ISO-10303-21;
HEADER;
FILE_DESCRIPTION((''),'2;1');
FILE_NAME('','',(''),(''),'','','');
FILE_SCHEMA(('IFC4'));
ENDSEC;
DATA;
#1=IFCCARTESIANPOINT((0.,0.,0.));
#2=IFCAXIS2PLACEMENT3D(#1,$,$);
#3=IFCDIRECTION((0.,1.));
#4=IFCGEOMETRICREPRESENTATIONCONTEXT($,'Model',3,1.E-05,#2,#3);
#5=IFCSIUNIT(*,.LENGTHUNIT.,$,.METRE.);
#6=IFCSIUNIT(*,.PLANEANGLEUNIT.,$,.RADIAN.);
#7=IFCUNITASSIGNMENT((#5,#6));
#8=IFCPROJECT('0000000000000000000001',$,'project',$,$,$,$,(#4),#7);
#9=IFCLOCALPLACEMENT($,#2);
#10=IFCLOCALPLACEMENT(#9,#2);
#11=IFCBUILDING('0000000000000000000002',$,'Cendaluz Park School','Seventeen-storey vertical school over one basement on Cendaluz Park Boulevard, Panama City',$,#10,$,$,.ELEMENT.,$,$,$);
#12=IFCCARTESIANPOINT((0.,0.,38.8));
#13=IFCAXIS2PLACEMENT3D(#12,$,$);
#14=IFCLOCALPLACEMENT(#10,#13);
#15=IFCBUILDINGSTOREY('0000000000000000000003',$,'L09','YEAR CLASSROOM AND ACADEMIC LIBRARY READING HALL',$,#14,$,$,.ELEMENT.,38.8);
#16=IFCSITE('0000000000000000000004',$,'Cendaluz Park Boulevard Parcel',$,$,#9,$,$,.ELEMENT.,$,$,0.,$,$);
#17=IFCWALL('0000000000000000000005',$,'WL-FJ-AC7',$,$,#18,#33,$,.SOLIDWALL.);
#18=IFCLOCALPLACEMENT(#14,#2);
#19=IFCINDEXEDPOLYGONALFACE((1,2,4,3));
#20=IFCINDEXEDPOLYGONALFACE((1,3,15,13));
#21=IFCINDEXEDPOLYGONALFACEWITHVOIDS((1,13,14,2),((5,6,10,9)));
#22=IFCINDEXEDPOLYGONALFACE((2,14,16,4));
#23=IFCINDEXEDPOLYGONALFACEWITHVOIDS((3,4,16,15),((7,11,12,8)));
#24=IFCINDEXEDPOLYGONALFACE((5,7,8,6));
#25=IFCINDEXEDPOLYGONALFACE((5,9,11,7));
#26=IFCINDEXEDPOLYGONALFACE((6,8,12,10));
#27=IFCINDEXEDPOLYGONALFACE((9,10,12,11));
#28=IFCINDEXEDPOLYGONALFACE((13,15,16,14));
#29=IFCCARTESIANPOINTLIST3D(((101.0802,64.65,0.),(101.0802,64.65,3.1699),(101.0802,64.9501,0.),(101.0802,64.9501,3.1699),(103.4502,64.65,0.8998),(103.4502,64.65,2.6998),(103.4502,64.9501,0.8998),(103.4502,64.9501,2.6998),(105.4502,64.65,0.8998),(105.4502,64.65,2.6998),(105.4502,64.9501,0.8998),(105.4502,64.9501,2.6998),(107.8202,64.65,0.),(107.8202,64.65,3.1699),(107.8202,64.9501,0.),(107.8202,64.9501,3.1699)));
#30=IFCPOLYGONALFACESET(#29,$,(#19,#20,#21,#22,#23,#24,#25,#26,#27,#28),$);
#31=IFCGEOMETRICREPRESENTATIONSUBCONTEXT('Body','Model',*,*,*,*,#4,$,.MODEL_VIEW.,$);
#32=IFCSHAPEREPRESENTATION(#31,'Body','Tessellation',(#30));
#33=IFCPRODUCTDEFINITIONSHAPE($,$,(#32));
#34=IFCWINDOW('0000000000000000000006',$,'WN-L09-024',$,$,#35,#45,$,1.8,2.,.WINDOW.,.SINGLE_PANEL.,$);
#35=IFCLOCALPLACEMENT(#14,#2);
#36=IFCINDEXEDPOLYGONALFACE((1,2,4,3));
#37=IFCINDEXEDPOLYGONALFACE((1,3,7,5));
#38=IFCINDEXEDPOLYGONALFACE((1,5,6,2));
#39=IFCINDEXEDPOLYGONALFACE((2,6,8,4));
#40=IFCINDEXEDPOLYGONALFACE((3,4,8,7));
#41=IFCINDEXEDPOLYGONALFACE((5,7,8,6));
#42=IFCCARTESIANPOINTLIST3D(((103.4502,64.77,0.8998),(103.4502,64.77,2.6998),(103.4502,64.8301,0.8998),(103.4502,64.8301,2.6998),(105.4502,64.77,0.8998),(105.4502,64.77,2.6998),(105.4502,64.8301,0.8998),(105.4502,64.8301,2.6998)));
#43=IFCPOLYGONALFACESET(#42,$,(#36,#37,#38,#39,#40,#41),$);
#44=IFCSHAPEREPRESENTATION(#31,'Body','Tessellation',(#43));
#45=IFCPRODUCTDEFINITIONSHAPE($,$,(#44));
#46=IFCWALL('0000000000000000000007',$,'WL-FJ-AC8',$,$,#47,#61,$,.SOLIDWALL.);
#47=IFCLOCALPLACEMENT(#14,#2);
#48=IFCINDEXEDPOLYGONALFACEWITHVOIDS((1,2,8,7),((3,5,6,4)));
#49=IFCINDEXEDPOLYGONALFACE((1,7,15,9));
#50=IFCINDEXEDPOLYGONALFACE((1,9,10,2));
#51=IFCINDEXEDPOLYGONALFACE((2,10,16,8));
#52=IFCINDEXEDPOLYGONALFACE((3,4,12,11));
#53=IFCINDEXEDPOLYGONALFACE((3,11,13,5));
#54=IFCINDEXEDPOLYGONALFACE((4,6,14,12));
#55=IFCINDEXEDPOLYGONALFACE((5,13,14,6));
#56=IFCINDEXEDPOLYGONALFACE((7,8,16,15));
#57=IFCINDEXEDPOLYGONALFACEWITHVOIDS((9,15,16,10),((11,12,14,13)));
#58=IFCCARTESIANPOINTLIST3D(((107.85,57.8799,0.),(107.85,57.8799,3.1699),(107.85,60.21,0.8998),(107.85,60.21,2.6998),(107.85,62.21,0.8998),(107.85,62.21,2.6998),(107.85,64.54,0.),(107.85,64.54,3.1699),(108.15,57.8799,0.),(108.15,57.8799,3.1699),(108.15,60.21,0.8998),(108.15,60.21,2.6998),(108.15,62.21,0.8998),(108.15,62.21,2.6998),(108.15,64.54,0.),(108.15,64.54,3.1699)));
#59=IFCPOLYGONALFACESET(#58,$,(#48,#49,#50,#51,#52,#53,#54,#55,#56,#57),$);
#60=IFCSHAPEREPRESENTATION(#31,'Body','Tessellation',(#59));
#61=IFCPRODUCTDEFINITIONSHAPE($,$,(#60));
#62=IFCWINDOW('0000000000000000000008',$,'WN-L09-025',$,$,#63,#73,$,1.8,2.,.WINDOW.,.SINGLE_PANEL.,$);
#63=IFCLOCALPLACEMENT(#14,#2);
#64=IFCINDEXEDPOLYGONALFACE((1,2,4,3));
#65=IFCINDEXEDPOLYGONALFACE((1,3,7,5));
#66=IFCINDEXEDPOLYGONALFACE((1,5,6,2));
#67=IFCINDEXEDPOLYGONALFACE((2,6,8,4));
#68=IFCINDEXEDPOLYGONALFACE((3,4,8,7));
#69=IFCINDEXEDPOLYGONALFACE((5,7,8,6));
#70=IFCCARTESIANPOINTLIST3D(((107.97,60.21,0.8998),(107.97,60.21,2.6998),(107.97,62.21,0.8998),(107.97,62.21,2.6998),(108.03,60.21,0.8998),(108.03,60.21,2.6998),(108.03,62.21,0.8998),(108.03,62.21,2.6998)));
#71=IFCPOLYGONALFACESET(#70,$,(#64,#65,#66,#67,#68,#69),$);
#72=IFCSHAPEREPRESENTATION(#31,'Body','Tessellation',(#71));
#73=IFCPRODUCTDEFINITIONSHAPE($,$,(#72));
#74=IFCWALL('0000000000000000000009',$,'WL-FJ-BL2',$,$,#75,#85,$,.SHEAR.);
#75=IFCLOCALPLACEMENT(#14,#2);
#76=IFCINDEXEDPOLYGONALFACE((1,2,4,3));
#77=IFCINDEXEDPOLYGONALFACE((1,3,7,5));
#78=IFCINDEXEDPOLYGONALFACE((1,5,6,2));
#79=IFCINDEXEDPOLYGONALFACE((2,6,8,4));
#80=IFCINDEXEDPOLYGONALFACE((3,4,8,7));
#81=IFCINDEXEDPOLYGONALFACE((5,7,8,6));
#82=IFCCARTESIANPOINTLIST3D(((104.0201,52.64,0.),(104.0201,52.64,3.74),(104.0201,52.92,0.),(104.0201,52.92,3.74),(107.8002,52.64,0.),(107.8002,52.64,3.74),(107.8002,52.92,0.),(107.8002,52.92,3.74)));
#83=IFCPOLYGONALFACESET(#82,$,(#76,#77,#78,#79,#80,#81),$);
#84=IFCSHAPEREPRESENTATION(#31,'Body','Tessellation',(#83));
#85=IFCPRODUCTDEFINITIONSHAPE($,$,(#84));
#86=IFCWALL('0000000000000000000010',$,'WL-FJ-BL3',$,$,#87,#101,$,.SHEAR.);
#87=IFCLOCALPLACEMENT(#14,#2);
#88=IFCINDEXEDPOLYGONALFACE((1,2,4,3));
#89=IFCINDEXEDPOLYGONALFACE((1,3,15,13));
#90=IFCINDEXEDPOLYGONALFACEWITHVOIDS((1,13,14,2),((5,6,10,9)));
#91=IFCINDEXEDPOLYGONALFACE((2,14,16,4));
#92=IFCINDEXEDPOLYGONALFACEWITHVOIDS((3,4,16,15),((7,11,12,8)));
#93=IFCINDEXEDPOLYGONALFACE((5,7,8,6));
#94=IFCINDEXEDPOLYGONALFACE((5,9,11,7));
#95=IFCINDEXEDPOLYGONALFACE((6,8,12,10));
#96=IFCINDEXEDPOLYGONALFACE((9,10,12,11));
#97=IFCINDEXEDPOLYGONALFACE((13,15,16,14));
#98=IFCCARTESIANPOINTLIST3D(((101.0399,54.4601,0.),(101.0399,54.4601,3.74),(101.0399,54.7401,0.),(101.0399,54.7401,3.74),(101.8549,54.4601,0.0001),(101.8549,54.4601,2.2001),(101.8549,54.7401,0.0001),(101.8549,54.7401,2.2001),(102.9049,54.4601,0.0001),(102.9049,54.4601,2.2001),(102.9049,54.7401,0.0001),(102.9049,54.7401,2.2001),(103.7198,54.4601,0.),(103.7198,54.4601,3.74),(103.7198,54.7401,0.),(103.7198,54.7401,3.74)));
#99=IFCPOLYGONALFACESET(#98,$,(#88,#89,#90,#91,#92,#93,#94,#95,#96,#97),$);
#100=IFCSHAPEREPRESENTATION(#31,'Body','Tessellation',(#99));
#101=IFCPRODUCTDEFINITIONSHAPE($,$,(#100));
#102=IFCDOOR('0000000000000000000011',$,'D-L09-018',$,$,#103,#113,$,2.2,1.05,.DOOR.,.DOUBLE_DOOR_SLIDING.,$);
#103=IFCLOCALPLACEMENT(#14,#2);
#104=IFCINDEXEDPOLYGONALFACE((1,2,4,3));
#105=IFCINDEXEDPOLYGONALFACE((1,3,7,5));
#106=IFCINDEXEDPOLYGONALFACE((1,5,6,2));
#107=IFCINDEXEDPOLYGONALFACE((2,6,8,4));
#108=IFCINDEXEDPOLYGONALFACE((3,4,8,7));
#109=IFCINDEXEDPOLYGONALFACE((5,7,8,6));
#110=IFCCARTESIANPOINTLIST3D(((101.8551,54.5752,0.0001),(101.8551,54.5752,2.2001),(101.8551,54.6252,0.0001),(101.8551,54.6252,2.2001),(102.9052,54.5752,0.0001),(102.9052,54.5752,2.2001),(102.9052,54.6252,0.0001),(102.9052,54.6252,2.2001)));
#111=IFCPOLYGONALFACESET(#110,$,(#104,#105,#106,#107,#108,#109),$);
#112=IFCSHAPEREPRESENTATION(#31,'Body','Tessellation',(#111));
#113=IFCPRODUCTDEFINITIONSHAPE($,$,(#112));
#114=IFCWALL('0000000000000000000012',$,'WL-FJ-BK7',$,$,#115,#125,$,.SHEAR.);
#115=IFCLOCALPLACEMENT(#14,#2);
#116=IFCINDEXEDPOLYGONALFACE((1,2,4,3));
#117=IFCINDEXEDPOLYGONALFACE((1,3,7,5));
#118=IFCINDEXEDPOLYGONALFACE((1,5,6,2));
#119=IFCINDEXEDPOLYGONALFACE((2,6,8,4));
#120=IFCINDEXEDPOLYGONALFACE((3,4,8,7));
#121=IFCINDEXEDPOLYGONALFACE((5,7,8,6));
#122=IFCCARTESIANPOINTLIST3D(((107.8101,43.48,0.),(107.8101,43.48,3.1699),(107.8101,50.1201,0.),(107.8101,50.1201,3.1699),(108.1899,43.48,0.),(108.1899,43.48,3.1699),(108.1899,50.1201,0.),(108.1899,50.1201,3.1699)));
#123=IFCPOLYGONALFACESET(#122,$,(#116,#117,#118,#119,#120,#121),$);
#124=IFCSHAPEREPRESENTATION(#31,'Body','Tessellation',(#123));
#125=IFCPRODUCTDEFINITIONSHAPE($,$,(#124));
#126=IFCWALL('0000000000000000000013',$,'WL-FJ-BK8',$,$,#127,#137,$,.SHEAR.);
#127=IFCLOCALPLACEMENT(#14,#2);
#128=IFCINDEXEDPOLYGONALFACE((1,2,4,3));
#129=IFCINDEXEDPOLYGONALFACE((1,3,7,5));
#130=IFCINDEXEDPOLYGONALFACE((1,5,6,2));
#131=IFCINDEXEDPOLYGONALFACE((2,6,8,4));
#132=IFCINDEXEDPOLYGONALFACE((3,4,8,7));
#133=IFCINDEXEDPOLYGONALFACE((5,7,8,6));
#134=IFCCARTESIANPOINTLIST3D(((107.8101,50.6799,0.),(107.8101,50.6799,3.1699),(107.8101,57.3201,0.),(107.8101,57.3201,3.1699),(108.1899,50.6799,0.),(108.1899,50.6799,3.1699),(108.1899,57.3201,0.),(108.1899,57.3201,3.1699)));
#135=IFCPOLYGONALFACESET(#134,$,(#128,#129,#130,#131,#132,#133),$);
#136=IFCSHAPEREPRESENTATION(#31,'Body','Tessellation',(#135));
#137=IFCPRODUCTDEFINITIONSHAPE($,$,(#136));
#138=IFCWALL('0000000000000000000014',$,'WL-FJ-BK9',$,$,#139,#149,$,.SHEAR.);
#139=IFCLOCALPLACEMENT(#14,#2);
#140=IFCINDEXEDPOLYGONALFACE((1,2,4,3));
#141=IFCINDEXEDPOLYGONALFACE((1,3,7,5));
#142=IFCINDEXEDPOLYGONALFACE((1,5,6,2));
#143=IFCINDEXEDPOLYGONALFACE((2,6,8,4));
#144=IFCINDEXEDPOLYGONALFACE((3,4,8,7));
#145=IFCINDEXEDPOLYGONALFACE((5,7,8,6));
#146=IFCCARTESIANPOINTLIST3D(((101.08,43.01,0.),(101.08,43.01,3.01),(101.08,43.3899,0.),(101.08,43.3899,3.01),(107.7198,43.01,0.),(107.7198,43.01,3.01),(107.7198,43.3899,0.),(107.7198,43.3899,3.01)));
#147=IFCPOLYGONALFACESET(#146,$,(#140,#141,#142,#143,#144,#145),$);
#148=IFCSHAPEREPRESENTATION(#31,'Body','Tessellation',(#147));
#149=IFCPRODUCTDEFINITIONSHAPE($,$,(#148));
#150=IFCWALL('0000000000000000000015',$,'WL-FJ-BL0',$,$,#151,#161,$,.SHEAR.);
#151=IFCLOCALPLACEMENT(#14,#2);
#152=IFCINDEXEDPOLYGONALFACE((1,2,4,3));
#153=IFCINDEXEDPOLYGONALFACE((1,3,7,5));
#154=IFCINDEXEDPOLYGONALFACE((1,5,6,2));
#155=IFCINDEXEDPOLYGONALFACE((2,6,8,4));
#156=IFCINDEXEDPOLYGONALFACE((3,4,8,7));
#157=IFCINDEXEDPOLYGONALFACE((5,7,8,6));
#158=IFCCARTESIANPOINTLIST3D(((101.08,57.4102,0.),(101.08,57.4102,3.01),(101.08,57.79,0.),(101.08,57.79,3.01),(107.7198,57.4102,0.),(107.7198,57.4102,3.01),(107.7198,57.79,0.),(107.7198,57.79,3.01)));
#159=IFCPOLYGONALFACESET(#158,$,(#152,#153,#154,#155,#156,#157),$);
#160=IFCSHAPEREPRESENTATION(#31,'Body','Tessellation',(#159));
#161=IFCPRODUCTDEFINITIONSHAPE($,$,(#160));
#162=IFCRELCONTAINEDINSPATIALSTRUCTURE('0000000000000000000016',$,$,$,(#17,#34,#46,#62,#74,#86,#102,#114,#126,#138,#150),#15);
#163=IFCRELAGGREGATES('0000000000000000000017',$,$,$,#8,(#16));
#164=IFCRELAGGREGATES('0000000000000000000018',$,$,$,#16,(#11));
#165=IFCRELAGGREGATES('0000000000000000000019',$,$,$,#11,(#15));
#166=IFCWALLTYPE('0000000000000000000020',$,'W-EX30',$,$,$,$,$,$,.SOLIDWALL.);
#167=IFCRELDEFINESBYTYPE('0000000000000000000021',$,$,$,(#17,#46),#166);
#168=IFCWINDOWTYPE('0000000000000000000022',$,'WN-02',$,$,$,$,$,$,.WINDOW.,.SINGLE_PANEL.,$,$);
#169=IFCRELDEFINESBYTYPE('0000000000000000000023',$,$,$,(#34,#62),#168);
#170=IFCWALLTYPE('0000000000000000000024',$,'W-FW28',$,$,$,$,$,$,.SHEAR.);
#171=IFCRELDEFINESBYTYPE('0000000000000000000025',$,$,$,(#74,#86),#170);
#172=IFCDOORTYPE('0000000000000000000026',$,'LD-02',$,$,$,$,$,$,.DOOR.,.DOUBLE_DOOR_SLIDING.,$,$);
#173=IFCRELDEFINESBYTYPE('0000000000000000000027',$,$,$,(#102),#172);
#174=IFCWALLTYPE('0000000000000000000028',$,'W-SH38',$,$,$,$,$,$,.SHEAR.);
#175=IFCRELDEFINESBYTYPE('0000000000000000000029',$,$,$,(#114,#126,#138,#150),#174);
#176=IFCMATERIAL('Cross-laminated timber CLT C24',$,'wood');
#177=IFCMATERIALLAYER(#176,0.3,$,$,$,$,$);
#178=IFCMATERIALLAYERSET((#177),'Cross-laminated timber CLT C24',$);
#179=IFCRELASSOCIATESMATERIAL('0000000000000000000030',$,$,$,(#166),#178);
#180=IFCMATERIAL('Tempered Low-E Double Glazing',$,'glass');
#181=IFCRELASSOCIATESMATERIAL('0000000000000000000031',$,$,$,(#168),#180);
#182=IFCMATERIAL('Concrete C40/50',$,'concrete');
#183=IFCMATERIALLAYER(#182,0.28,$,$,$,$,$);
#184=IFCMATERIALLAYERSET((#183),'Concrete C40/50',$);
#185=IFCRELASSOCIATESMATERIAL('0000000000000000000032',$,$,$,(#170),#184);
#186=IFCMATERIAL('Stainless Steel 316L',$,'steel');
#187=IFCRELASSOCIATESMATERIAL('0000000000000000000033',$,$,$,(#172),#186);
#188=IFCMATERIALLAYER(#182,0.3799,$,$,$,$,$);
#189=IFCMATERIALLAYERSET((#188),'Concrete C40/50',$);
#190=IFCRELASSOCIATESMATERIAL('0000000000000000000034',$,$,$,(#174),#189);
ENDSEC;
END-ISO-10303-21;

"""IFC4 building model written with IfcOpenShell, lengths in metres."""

from ifc_helpers import new_model, si_unit, direction, frame, frame_2d, origin, place, context, subcontext, project, spatial, rectangle, extrude, material, layer, layer_set, type_object, element, fill, save


model = new_model("IFC4")

# Units and contexts
model_context = context("Model", 3, precision=1e-05, world=origin(), true_north=direction((0.0, 1.0)))
body_context = subcontext(model_context, "Body", "Model", "MODEL_VIEW")
ifc_project = project(units=[si_unit("LENGTHUNIT", "METRE"), si_unit("PLANEANGLEUNIT", "RADIAN")], contexts=[model_context])

# Site, building, storey
site_placement = place(None, origin())
site = spatial("IfcSite", under=ifc_project, at=site_placement, Name="Cendaluz Park Boulevard Parcel", CompositionType="ELEMENT", RefElevation=0.0)
building_placement = place(site_placement, origin())
building = spatial("IfcBuilding", under=site, at=building_placement, Name="Cendaluz Park School", Description="Seventeen-storey vertical school over one basement on Cendaluz Park Boulevard, Panama City", CompositionType="ELEMENT")
storey_placement = place(building_placement, frame((0.0, 0.0, 38.8)))
storey = spatial("IfcBuildingStorey", under=building, at=storey_placement, Name="L09", Description="YEAR CLASSROOM AND ACADEMIC LIBRARY READING HALL", CompositionType="ELEMENT", Elevation=38.8)

# Walls, openings, windows
ifc_material_1 = material(Name="Cross-laminated timber CLT C24", Category="wood")
ifc_layer_1 = layer(ifc_material_1, 0.3)
ifc_layer_set_1 = layer_set([ifc_layer_1], Name="Cross-laminated timber CLT C24")
wall_type_1 = type_object("IfcWallType", Name="W-EX30", PredefinedType="SOLIDWALL", material=ifc_layer_set_1)
wall_1_placement = place(storey_placement, frame((101.0801, 64.8, 0.0), z_axis=(0.0, 0.0, 1.0), x_axis=(1.0, 0.0, 0.0)))
wall_1 = element("IfcWall", 1, at=wall_1_placement, inside=storey, type_object=wall_type_1, Name="WL-FJ-AC7", PredefinedType="SOLIDWALL", context=body_context, shape_type="SweptSolid", body=[
    extrude(rectangle(XDim=6.74, YDim=0.3, at=frame_2d((3.3701, 0.0))), origin(), (0.0, 0.0, 1.0), 3.1699),
])
opening_1_placement = place(wall_1_placement, frame((2.3701, 0.0, 0.8999)))
opening_1 = element("IfcOpeningElement", 2, at=opening_1_placement, cuts=wall_1, PredefinedType="OPENING", context=body_context, shape_type="SweptSolid", body=[
    extrude(rectangle(XDim=2.0, YDim=1.8, at=frame_2d((1.0, 0.8999))), frame((0.0, 0.1621, 0.0), z_axis=(0.0, -1.0, 0.0), x_axis=(1.0, 0.0, 0.0)), (0.0, 0.0, 1.0), 0.324),
])
ifc_material_2 = material(Name="Tempered Low-E Double Glazing", Category="glass")
window_type = type_object("IfcWindowType", Name="WN-02", PartitioningType="SINGLE_PANEL", PredefinedType="WINDOW", material=ifc_material_2)
window_1_placement = place(opening_1_placement, origin())
window_1 = element("IfcWindow", 3, at=window_1_placement, inside=storey, type_object=window_type, Name="WN-L09-024", OverallHeight=1.8, OverallWidth=2.0, PartitioningType="SINGLE_PANEL", PredefinedType="WINDOW", context=body_context, shape_type="SweptSolid", body=[
    extrude(rectangle(XDim=2.0, YDim=1.8, at=frame_2d((1.0, 0.8999))), frame((0.0, 0.03, 0.0), z_axis=(0.0, -1.0, 0.0), x_axis=(1.0, 0.0, 0.0)), (0.0, 0.0, 1.0), 0.0601),
])
fill(opening_1, window_1)
wall_2_placement = place(storey_placement, frame((108.0, 57.8799, 0.0), z_axis=(0.0, 0.0, 1.0), x_axis=(0.0, 1.0, 0.0)))
wall_2 = element("IfcWall", 4, at=wall_2_placement, inside=storey, type_object=wall_type_1, Name="WL-FJ-AC8", PredefinedType="SOLIDWALL", context=body_context, shape_type="SweptSolid", body=[
    extrude(rectangle(XDim=6.6602, YDim=0.3, at=frame_2d((3.3301, 0.0))), origin(), (0.0, 0.0, 1.0), 3.1699),
])
opening_2_placement = place(wall_2_placement, frame((2.3301, 0.0, 0.8999)))
opening_2 = element("IfcOpeningElement", 5, at=opening_2_placement, cuts=wall_2, PredefinedType="OPENING", context=body_context, shape_type="SweptSolid", body=[
    extrude(rectangle(XDim=2.0, YDim=1.8, at=frame_2d((1.0, 0.8999))), frame((0.0, 0.1621, 0.0), z_axis=(0.0, -1.0, 0.0), x_axis=(1.0, 0.0, 0.0)), (0.0, 0.0, 1.0), 0.324),
])
window_2_placement = place(opening_2_placement, origin())
window_2 = element("IfcWindow", 6, at=window_2_placement, inside=storey, type_object=window_type, Name="WN-L09-025", OverallHeight=1.8, OverallWidth=2.0, PartitioningType="SINGLE_PANEL", PredefinedType="WINDOW", context=body_context, shape_type="SweptSolid", body=[
    extrude(rectangle(XDim=2.0, YDim=1.8, at=frame_2d((1.0, 0.8999))), frame((0.0, 0.03, 0.0), z_axis=(0.0, -1.0, 0.0), x_axis=(1.0, 0.0, 0.0)), (0.0, 0.0, 1.0), 0.0601),
])
fill(opening_2, window_2)

# Shared definitions
ifc_material_3 = material(Name="Concrete C40/50", Category="concrete")
ifc_layer_2 = layer(ifc_material_3, 0.28)
ifc_layer_set_2 = layer_set([ifc_layer_2], Name="Concrete C40/50")
wall_type_2 = type_object("IfcWallType", Name="W-FW28", PredefinedType="SHEAR", material=ifc_layer_set_2)

# Wall
wall_3_placement = place(storey_placement, frame((104.02, 52.78, 0.0), z_axis=(0.0, 0.0, 1.0), x_axis=(1.0, 0.0, 0.0)))
element("IfcWall", 7, at=wall_3_placement, inside=storey, type_object=wall_type_2, Name="WL-FJ-BL2", PredefinedType="SHEAR", context=body_context, shape_type="SweptSolid", body=[
    extrude(rectangle(XDim=3.78, YDim=0.28, at=frame_2d((1.8901, 0.0))), origin(), (0.0, 0.0, 1.0), 3.74),
])

# Wall, opening, door
wall_4_placement = place(storey_placement, frame((101.04, 54.6001, 0.0), z_axis=(0.0, 0.0, 1.0), x_axis=(1.0, 0.0, 0.0)))
wall_4 = element("IfcWall", 8, at=wall_4_placement, inside=storey, type_object=wall_type_2, Name="WL-FJ-BL3", PredefinedType="SHEAR", context=body_context, shape_type="SweptSolid", body=[
    extrude(rectangle(XDim=2.6799, YDim=0.28, at=frame_2d((1.3398, 0.0))), origin(), (0.0, 0.0, 1.0), 3.74),
])
opening_3_placement = place(wall_4_placement, frame((0.8149, 0.0, 0.0)))
opening_3 = element("IfcOpeningElement", 9, at=opening_3_placement, cuts=wall_4, PredefinedType="OPENING", context=body_context, shape_type="SweptSolid", body=[
    extrude(rectangle(XDim=1.05, YDim=2.2, at=frame_2d((0.5249, 1.1001))), frame((0.0, 0.1521, 0.0), z_axis=(0.0, -1.0, 0.0), x_axis=(1.0, 0.0, 0.0)), (0.0, 0.0, 1.0), 0.304),
])
ifc_material_4 = material(Name="Stainless Steel 316L", Category="steel")
door_type_1 = type_object("IfcDoorType", Name="LD-02", OperationType="DOUBLE_DOOR_SLIDING", PredefinedType="DOOR", material=ifc_material_4)
door_1_placement = place(opening_3_placement, frame((1.05, 0.0, 0.0), z_axis=(0.0, 0.0, 1.0), x_axis=(-1.0, 0.0, 0.0)))
door_1 = element("IfcDoor", 10, at=door_1_placement, inside=storey, type_object=door_type_1, Name="D-L09-018", OperationType="DOUBLE_DOOR_SLIDING", OverallHeight=2.2, OverallWidth=1.05, PredefinedType="DOOR", context=body_context, shape_type="SweptSolid", body=[
    extrude(rectangle(XDim=1.05, YDim=2.2, at=frame_2d((0.5249, 1.1001))), frame((0.0, 0.0249, 0.0), z_axis=(0.0, -1.0, 0.0), x_axis=(1.0, 0.0, 0.0)), (0.0, 0.0, 1.0), 0.05),
])
fill(opening_3, door_1)

# Walls
ifc_layer_3 = layer(ifc_material_3, 0.3799)
ifc_layer_set_3 = layer_set([ifc_layer_3], Name="Concrete C40/50")
wall_type_3 = type_object("IfcWallType", Name="W-SH38", PredefinedType="SHEAR", material=ifc_layer_set_3)
for number, where, z_axis, x_axis, name in (
    (11, (108.0, 43.48, 0.0), (0.0, 0.0, 1.0), (0.0, 1.0, 0.0), "WL-FJ-BK7"),
    (12, (108.0, 50.6799, 0.0), (0.0, 0.0, 1.0), (0.0, 1.0, 0.0), "WL-FJ-BK8"),
):
    element("IfcWall", number, at=place(storey_placement, frame(where, z_axis=z_axis, x_axis=x_axis)), inside=storey, type_object=wall_type_3, Name=name, PredefinedType="SHEAR", context=body_context, shape_type="SweptSolid", body=[
        extrude(rectangle(XDim=6.6401, YDim=0.3799, at=frame_2d((3.3201, 0.0))), origin(), (0.0, 0.0, 1.0), 3.1699),
    ])
for number, where, z_axis, x_axis, name in (
    (13, (101.0801, 43.2, 0.0), (0.0, 0.0, 1.0), (1.0, 0.0, 0.0), "WL-FJ-BK9"),
    (14, (101.0801, 57.6001, 0.0), (0.0, 0.0, 1.0), (1.0, 0.0, 0.0), "WL-FJ-BL0"),
):
    element("IfcWall", number, at=place(storey_placement, frame(where, z_axis=z_axis, x_axis=x_axis)), inside=storey, type_object=wall_type_3, Name=name, PredefinedType="SHEAR", context=body_context, shape_type="SweptSolid", body=[
        extrude(rectangle(XDim=6.6399, YDim=0.3799, at=frame_2d((3.3198, 0.0))), origin(), (0.0, 0.0, 1.0), 3.01),
    ])

save(model, "model.ifc")
